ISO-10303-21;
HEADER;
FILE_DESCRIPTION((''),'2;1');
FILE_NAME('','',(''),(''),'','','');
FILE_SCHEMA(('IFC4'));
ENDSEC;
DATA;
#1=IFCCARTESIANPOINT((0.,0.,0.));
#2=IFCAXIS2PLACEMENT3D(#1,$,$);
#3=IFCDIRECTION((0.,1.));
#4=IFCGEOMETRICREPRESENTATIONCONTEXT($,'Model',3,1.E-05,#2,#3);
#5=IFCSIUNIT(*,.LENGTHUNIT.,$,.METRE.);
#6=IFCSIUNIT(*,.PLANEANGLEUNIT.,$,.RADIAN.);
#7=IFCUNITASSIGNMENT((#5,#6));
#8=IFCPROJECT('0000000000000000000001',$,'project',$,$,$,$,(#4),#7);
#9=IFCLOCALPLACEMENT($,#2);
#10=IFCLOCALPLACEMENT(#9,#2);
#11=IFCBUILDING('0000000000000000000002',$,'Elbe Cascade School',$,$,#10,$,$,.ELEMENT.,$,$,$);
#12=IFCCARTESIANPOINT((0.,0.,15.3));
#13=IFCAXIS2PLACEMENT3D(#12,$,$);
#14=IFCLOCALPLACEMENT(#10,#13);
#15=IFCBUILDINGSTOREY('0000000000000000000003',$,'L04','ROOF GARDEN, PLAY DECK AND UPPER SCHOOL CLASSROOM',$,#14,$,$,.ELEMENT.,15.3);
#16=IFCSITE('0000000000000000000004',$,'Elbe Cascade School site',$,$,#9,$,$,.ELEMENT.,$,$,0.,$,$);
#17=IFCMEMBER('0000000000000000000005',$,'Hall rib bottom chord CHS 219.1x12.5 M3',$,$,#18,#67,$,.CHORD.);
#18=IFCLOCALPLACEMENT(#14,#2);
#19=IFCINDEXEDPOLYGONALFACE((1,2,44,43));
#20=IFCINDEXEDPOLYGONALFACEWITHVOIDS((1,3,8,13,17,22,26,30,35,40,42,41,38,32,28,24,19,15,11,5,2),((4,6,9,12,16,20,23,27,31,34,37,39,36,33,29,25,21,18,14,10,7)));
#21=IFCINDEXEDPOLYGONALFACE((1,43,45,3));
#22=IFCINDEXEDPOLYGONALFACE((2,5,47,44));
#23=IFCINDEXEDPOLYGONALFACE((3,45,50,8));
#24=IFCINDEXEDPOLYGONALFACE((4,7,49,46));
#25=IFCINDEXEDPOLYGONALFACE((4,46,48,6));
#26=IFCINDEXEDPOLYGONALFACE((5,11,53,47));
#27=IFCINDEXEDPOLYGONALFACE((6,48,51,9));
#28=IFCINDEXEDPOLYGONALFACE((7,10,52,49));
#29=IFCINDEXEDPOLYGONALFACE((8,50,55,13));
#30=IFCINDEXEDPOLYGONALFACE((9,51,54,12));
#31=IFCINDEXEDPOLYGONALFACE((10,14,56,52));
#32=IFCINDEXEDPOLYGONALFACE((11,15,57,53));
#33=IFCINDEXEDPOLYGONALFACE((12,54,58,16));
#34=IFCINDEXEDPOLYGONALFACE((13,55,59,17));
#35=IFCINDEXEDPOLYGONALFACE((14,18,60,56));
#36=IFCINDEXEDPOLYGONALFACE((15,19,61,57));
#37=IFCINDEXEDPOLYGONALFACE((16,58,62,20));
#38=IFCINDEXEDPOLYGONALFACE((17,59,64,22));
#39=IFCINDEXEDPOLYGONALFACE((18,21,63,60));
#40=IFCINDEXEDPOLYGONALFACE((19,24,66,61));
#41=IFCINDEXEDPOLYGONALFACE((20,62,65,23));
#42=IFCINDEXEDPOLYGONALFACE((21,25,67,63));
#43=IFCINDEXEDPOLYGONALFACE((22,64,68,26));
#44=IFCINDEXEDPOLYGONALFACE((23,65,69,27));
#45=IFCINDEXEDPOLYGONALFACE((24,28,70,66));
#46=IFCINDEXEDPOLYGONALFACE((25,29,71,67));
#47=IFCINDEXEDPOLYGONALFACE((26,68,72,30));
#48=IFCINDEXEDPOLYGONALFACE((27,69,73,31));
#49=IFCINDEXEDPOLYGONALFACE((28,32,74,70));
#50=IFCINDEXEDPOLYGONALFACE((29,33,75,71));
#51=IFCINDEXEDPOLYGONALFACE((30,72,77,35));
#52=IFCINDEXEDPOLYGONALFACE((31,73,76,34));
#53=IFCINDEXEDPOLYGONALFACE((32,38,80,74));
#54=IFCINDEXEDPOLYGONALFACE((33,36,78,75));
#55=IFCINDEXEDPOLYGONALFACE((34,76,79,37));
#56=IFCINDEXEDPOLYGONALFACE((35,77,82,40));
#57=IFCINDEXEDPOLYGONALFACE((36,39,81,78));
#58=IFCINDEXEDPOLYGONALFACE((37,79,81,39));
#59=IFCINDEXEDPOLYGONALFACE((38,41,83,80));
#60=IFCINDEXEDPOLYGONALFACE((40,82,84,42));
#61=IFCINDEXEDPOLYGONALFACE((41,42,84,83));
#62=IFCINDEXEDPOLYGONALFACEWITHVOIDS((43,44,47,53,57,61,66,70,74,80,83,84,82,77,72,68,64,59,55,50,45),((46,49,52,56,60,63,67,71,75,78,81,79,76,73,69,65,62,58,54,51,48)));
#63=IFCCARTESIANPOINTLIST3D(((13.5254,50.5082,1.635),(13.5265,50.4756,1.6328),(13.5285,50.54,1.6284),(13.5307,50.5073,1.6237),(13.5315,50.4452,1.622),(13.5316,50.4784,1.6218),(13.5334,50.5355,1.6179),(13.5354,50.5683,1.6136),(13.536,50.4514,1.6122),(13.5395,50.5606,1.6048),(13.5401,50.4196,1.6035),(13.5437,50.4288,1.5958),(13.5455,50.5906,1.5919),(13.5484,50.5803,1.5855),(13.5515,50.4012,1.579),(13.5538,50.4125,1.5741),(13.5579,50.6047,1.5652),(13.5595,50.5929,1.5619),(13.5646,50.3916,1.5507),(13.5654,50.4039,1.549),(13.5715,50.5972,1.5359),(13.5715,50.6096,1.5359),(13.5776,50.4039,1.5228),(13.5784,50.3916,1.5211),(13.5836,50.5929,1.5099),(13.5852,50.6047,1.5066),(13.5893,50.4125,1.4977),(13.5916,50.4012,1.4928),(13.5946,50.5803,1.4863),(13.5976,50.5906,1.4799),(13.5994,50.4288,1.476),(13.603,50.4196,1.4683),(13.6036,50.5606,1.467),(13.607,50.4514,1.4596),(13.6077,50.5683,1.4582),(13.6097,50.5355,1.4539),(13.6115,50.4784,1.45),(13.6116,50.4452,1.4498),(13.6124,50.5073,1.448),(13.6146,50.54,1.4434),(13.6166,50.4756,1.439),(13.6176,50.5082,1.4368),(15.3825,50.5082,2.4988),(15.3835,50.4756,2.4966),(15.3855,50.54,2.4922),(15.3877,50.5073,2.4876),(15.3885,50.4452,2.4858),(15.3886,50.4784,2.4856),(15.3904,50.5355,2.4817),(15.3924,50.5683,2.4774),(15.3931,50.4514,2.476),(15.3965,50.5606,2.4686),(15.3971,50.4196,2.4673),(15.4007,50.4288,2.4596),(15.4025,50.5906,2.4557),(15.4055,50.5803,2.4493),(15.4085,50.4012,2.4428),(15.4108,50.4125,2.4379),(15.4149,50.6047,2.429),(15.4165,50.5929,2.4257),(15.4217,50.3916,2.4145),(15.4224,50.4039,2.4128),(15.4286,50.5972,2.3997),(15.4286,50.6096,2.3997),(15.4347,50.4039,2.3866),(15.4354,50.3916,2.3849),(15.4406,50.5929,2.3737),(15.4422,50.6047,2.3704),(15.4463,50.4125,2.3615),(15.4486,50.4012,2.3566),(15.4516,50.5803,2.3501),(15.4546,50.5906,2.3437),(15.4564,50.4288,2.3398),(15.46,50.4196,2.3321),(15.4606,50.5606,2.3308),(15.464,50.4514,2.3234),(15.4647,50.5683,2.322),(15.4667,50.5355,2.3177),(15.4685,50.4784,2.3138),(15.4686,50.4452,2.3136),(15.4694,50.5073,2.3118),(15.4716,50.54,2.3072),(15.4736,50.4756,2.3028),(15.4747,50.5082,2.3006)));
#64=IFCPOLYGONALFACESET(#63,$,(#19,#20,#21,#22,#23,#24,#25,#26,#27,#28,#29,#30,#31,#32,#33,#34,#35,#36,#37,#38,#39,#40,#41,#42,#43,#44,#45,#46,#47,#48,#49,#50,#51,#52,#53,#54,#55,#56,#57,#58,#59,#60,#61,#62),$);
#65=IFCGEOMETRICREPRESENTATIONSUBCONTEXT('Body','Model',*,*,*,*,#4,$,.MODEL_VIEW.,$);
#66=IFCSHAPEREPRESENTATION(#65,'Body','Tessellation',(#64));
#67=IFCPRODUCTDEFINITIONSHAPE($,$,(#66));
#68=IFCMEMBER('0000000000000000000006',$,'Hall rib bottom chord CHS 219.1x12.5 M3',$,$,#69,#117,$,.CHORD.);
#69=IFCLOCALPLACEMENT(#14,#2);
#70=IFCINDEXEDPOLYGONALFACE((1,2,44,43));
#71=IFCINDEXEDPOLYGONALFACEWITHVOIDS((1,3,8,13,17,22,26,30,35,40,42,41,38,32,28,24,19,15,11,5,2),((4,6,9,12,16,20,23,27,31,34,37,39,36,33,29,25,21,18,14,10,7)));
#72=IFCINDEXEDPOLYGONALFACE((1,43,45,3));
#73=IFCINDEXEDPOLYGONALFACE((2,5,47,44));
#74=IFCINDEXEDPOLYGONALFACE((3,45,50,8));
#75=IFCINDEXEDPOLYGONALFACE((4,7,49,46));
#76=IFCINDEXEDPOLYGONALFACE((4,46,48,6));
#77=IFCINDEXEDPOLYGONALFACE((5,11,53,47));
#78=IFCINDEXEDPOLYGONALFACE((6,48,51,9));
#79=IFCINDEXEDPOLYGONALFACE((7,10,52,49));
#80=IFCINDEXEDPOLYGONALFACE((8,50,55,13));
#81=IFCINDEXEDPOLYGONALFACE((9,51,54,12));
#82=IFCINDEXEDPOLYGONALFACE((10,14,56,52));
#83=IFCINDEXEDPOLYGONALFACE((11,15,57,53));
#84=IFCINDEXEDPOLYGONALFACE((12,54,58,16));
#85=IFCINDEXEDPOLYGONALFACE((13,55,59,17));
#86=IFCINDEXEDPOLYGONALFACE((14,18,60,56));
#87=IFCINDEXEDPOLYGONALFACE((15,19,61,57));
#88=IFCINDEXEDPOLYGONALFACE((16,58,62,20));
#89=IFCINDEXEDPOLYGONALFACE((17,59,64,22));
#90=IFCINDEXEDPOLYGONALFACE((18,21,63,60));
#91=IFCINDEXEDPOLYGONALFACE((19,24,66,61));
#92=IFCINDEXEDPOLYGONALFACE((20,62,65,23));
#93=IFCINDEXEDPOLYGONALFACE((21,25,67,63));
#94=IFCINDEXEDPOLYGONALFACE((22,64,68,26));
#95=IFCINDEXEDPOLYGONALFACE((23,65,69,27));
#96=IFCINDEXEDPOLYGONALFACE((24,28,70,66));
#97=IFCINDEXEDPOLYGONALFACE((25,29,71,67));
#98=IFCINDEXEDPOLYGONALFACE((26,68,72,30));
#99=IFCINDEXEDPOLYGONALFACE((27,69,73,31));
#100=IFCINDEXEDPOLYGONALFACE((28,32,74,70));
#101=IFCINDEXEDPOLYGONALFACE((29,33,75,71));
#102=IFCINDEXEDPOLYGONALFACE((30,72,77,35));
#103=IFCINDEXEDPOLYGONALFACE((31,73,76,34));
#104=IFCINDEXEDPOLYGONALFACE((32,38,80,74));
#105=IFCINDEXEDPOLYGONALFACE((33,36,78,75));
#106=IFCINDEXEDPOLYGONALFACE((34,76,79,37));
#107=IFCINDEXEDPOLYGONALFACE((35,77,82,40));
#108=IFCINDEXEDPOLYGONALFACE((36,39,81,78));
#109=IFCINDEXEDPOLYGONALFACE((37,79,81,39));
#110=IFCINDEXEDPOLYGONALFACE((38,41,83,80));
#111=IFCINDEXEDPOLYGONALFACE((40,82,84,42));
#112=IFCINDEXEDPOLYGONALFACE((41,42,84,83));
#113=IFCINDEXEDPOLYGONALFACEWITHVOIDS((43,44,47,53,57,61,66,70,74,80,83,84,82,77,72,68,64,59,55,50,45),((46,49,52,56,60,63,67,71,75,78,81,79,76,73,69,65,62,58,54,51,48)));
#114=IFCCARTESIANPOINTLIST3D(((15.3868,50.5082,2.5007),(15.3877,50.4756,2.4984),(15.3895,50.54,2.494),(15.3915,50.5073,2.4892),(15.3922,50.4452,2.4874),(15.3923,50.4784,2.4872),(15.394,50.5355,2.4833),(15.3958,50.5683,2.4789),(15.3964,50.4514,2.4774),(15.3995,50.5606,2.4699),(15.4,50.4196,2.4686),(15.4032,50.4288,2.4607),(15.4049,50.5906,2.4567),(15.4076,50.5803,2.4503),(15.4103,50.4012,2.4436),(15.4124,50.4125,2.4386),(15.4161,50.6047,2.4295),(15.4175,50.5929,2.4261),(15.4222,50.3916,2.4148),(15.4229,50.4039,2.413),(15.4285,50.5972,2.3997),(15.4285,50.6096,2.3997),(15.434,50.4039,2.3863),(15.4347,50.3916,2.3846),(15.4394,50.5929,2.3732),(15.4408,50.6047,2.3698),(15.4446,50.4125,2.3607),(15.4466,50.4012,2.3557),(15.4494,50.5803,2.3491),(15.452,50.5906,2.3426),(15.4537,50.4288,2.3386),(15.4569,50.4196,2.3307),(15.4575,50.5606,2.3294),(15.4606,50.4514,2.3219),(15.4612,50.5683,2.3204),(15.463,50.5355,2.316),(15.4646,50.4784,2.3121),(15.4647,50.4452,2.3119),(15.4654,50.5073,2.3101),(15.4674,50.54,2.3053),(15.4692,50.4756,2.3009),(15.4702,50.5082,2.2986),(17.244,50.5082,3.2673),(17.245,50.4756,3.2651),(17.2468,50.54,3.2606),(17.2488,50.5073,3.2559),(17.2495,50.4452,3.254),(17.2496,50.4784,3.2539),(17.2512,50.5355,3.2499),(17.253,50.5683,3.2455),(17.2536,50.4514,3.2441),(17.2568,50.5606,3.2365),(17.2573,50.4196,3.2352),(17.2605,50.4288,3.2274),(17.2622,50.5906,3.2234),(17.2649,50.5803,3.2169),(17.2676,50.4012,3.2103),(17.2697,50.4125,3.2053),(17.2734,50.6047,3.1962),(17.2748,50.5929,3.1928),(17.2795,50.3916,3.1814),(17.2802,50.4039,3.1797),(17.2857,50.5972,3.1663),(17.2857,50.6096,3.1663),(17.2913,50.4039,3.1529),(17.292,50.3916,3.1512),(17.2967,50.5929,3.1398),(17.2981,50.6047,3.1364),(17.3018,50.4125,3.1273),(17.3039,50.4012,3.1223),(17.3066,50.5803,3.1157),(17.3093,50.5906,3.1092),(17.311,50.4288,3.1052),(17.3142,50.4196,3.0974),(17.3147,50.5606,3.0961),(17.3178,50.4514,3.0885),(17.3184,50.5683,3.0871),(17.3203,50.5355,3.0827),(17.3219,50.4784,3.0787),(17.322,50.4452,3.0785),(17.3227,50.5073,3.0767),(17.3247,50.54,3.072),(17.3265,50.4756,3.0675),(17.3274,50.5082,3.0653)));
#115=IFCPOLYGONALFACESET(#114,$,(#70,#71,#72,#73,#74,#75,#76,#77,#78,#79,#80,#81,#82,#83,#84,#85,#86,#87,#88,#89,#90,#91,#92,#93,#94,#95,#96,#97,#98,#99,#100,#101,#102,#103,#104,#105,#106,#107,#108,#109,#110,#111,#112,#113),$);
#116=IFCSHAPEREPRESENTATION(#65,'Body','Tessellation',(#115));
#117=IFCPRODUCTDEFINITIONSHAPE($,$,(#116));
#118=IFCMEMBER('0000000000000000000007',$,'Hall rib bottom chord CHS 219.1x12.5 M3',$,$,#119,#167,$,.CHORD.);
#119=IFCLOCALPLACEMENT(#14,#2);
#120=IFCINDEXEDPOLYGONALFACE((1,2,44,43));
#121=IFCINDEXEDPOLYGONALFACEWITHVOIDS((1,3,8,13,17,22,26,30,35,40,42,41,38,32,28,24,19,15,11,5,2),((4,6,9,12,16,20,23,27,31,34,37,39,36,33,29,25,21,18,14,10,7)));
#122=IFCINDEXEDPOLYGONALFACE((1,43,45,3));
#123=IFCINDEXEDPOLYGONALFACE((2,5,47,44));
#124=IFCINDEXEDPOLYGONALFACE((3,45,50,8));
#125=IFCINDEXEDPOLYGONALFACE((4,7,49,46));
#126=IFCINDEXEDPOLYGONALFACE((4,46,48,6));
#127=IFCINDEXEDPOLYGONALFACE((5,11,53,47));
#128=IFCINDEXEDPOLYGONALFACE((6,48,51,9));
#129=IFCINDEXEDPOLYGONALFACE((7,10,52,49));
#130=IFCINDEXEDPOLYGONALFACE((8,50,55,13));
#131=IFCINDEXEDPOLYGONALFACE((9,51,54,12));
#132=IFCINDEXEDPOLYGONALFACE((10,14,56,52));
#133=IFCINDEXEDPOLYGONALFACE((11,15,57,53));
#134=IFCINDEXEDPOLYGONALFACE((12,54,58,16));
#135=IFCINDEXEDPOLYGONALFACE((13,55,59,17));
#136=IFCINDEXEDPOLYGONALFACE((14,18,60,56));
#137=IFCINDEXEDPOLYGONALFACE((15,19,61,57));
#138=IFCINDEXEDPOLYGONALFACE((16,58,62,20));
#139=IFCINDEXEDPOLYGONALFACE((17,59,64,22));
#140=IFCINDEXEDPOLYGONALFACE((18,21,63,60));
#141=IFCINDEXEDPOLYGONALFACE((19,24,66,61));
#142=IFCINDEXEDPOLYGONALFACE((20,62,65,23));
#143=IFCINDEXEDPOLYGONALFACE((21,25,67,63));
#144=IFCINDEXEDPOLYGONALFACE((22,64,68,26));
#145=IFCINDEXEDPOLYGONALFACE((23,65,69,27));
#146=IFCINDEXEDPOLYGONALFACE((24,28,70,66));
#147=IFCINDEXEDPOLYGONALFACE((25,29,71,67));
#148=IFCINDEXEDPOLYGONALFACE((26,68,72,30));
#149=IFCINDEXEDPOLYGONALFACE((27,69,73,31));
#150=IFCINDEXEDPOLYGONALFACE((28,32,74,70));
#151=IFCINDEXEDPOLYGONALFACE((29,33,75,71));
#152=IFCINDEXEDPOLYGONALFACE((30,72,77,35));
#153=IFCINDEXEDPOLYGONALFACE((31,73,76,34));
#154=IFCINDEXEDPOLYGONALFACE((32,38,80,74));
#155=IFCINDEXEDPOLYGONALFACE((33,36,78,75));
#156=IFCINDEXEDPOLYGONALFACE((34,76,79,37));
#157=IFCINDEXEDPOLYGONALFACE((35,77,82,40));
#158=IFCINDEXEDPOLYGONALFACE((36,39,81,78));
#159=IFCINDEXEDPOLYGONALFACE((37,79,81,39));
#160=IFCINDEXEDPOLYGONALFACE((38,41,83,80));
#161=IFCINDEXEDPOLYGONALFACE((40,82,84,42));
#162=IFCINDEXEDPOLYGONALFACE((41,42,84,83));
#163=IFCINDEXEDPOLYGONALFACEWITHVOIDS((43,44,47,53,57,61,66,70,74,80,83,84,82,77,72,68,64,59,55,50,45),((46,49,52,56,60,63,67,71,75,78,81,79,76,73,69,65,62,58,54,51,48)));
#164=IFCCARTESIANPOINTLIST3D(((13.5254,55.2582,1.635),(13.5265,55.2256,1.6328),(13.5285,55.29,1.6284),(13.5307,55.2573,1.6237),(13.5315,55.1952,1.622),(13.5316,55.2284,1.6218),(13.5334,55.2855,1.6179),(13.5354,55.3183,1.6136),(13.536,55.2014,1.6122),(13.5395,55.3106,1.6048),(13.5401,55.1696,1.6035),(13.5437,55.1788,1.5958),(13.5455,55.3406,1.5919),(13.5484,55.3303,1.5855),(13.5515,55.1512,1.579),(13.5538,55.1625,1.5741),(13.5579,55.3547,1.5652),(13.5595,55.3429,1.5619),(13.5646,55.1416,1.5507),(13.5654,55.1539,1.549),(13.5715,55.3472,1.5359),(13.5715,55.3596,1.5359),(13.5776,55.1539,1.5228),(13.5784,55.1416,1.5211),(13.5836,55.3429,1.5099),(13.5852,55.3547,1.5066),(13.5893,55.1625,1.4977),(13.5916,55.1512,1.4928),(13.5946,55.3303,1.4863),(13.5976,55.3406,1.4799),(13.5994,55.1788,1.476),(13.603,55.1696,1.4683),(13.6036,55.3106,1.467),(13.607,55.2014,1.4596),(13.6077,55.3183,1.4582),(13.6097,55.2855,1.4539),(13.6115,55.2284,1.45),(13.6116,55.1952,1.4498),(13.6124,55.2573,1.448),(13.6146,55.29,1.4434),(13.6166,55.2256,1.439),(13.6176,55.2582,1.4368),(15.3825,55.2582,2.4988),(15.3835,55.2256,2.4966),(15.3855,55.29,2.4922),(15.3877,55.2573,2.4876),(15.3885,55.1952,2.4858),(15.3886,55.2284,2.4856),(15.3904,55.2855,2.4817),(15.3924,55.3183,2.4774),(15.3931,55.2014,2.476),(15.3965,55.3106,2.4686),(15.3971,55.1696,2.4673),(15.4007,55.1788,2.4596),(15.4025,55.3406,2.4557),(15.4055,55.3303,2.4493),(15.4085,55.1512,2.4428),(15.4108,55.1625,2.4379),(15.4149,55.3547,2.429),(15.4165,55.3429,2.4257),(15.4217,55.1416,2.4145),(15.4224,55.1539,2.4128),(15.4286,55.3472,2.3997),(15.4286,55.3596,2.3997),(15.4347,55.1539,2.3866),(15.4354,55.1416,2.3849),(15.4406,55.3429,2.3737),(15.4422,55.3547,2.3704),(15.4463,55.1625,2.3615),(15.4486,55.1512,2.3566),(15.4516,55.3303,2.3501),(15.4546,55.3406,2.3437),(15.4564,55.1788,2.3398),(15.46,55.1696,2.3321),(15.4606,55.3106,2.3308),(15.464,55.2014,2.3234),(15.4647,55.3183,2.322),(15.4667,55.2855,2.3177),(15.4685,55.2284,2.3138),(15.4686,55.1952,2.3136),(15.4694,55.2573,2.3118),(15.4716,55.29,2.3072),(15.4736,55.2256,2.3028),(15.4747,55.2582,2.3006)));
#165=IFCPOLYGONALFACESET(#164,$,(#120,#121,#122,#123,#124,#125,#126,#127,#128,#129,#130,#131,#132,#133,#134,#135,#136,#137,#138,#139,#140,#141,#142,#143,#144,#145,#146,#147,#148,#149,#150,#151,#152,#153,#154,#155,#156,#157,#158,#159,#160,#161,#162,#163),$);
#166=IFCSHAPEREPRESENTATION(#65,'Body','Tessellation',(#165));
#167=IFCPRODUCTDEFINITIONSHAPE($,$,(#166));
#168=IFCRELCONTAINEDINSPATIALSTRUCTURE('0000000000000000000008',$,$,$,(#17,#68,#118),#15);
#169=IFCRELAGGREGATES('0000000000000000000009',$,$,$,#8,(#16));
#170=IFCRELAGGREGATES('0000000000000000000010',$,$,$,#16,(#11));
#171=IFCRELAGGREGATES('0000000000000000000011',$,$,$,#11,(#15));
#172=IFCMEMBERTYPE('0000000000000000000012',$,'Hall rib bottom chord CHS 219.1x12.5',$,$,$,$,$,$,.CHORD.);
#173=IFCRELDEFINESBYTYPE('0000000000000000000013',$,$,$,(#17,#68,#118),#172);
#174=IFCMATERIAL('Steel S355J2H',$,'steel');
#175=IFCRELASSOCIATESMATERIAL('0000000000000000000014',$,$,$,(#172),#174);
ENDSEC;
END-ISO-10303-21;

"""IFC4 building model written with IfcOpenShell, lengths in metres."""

from ifc_helpers import new_model, si_unit, direction, frame, origin, origin_2d, place, context, subcontext, project, spatial, hollow_circle, extrude, material, material_profile, profile_set, type_object, element, save


model = new_model("IFC4")

# Units and contexts
model_context = context("Model", 3, precision=1e-05, world=origin(), true_north=direction((0.0, 1.0)))
body_context = subcontext(model_context, "Body", "Model", "MODEL_VIEW")
ifc_project = project(units=[si_unit("LENGTHUNIT", "METRE"), si_unit("PLANEANGLEUNIT", "RADIAN")], contexts=[model_context])

# Site, building, storey
site_placement = place(None, origin())
site = spatial("IfcSite", under=ifc_project, at=site_placement, Name="Elbe Cascade School site", CompositionType="ELEMENT", RefElevation=0.0)
building_placement = place(site_placement, origin())
building = spatial("IfcBuilding", under=site, at=building_placement, Name="Elbe Cascade School", CompositionType="ELEMENT")
storey_placement = place(building_placement, frame((0.0, 0.0, 15.3)))
storey = spatial("IfcBuildingStorey", under=building, at=storey_placement, Name="L04", Description="ROOF GARDEN, PLAY DECK AND UPPER SCHOOL CLASSROOM", CompositionType="ELEMENT", Elevation=15.3)

# Members
ifc_material_1 = material(Name="Steel S355J2H", Category="steel")
ifc_material_profile_1 = material_profile(ifc_material_1, hollow_circle(Radius=0.1096, WallThickness=0.0125, at=origin_2d()), Name="CHS 219.1x12.5")
ifc_profile_set_1 = profile_set([ifc_material_profile_1], Name="Steel S355J2H")
member_type_1 = type_object("IfcMemberType", Name="Hall rib bottom chord CHS 219.1x12.5", PredefinedType="CHORD", material=ifc_profile_set_1)
member_1_placement = place(storey_placement, frame((13.5715, 50.5, 1.5359), z_axis=(0.906706, 0.0, 0.421763), x_axis=(0.0, 1.0, 0.0)))
element("IfcMember", 1, at=member_1_placement, inside=storey, type_object=member_type_1, Name="Hall rib bottom chord CHS 219.1x12.5 M3", PredefinedType="CHORD", context=body_context, shape_type="SweptSolid", body=[
    extrude(hollow_circle(Radius=0.1096, WallThickness=0.0125, at=origin_2d()), origin(), (0.0, 0.0, 1.0), 2.0481),
])
member_2_placement = place(storey_placement, frame((15.4285, 50.5, 2.3997), z_axis=(0.924348, 0.0, 0.38155), x_axis=(0.0, 1.0, 0.0)))
element("IfcMember", 2, at=member_2_placement, inside=storey, type_object=member_type_1, Name="Hall rib bottom chord CHS 219.1x12.5 M3", PredefinedType="CHORD", context=body_context, shape_type="SweptSolid", body=[
    extrude(hollow_circle(Radius=0.1096, WallThickness=0.0125, at=origin_2d()), origin(), (0.0, 0.0, 1.0), 2.0093),
])
member_3_placement = place(storey_placement, frame((13.5715, 55.25, 1.5359), z_axis=(0.906706, 0.0, 0.421763), x_axis=(0.0, 1.0, 0.0)))
element("IfcMember", 3, at=member_3_placement, inside=storey, type_object=member_type_1, Name="Hall rib bottom chord CHS 219.1x12.5 M3", PredefinedType="CHORD", context=body_context, shape_type="SweptSolid", body=[
    extrude(hollow_circle(Radius=0.1096, WallThickness=0.0125, at=origin_2d()), origin(), (0.0, 0.0, 1.0), 2.0481),
])

save(model, "model.ifc")
